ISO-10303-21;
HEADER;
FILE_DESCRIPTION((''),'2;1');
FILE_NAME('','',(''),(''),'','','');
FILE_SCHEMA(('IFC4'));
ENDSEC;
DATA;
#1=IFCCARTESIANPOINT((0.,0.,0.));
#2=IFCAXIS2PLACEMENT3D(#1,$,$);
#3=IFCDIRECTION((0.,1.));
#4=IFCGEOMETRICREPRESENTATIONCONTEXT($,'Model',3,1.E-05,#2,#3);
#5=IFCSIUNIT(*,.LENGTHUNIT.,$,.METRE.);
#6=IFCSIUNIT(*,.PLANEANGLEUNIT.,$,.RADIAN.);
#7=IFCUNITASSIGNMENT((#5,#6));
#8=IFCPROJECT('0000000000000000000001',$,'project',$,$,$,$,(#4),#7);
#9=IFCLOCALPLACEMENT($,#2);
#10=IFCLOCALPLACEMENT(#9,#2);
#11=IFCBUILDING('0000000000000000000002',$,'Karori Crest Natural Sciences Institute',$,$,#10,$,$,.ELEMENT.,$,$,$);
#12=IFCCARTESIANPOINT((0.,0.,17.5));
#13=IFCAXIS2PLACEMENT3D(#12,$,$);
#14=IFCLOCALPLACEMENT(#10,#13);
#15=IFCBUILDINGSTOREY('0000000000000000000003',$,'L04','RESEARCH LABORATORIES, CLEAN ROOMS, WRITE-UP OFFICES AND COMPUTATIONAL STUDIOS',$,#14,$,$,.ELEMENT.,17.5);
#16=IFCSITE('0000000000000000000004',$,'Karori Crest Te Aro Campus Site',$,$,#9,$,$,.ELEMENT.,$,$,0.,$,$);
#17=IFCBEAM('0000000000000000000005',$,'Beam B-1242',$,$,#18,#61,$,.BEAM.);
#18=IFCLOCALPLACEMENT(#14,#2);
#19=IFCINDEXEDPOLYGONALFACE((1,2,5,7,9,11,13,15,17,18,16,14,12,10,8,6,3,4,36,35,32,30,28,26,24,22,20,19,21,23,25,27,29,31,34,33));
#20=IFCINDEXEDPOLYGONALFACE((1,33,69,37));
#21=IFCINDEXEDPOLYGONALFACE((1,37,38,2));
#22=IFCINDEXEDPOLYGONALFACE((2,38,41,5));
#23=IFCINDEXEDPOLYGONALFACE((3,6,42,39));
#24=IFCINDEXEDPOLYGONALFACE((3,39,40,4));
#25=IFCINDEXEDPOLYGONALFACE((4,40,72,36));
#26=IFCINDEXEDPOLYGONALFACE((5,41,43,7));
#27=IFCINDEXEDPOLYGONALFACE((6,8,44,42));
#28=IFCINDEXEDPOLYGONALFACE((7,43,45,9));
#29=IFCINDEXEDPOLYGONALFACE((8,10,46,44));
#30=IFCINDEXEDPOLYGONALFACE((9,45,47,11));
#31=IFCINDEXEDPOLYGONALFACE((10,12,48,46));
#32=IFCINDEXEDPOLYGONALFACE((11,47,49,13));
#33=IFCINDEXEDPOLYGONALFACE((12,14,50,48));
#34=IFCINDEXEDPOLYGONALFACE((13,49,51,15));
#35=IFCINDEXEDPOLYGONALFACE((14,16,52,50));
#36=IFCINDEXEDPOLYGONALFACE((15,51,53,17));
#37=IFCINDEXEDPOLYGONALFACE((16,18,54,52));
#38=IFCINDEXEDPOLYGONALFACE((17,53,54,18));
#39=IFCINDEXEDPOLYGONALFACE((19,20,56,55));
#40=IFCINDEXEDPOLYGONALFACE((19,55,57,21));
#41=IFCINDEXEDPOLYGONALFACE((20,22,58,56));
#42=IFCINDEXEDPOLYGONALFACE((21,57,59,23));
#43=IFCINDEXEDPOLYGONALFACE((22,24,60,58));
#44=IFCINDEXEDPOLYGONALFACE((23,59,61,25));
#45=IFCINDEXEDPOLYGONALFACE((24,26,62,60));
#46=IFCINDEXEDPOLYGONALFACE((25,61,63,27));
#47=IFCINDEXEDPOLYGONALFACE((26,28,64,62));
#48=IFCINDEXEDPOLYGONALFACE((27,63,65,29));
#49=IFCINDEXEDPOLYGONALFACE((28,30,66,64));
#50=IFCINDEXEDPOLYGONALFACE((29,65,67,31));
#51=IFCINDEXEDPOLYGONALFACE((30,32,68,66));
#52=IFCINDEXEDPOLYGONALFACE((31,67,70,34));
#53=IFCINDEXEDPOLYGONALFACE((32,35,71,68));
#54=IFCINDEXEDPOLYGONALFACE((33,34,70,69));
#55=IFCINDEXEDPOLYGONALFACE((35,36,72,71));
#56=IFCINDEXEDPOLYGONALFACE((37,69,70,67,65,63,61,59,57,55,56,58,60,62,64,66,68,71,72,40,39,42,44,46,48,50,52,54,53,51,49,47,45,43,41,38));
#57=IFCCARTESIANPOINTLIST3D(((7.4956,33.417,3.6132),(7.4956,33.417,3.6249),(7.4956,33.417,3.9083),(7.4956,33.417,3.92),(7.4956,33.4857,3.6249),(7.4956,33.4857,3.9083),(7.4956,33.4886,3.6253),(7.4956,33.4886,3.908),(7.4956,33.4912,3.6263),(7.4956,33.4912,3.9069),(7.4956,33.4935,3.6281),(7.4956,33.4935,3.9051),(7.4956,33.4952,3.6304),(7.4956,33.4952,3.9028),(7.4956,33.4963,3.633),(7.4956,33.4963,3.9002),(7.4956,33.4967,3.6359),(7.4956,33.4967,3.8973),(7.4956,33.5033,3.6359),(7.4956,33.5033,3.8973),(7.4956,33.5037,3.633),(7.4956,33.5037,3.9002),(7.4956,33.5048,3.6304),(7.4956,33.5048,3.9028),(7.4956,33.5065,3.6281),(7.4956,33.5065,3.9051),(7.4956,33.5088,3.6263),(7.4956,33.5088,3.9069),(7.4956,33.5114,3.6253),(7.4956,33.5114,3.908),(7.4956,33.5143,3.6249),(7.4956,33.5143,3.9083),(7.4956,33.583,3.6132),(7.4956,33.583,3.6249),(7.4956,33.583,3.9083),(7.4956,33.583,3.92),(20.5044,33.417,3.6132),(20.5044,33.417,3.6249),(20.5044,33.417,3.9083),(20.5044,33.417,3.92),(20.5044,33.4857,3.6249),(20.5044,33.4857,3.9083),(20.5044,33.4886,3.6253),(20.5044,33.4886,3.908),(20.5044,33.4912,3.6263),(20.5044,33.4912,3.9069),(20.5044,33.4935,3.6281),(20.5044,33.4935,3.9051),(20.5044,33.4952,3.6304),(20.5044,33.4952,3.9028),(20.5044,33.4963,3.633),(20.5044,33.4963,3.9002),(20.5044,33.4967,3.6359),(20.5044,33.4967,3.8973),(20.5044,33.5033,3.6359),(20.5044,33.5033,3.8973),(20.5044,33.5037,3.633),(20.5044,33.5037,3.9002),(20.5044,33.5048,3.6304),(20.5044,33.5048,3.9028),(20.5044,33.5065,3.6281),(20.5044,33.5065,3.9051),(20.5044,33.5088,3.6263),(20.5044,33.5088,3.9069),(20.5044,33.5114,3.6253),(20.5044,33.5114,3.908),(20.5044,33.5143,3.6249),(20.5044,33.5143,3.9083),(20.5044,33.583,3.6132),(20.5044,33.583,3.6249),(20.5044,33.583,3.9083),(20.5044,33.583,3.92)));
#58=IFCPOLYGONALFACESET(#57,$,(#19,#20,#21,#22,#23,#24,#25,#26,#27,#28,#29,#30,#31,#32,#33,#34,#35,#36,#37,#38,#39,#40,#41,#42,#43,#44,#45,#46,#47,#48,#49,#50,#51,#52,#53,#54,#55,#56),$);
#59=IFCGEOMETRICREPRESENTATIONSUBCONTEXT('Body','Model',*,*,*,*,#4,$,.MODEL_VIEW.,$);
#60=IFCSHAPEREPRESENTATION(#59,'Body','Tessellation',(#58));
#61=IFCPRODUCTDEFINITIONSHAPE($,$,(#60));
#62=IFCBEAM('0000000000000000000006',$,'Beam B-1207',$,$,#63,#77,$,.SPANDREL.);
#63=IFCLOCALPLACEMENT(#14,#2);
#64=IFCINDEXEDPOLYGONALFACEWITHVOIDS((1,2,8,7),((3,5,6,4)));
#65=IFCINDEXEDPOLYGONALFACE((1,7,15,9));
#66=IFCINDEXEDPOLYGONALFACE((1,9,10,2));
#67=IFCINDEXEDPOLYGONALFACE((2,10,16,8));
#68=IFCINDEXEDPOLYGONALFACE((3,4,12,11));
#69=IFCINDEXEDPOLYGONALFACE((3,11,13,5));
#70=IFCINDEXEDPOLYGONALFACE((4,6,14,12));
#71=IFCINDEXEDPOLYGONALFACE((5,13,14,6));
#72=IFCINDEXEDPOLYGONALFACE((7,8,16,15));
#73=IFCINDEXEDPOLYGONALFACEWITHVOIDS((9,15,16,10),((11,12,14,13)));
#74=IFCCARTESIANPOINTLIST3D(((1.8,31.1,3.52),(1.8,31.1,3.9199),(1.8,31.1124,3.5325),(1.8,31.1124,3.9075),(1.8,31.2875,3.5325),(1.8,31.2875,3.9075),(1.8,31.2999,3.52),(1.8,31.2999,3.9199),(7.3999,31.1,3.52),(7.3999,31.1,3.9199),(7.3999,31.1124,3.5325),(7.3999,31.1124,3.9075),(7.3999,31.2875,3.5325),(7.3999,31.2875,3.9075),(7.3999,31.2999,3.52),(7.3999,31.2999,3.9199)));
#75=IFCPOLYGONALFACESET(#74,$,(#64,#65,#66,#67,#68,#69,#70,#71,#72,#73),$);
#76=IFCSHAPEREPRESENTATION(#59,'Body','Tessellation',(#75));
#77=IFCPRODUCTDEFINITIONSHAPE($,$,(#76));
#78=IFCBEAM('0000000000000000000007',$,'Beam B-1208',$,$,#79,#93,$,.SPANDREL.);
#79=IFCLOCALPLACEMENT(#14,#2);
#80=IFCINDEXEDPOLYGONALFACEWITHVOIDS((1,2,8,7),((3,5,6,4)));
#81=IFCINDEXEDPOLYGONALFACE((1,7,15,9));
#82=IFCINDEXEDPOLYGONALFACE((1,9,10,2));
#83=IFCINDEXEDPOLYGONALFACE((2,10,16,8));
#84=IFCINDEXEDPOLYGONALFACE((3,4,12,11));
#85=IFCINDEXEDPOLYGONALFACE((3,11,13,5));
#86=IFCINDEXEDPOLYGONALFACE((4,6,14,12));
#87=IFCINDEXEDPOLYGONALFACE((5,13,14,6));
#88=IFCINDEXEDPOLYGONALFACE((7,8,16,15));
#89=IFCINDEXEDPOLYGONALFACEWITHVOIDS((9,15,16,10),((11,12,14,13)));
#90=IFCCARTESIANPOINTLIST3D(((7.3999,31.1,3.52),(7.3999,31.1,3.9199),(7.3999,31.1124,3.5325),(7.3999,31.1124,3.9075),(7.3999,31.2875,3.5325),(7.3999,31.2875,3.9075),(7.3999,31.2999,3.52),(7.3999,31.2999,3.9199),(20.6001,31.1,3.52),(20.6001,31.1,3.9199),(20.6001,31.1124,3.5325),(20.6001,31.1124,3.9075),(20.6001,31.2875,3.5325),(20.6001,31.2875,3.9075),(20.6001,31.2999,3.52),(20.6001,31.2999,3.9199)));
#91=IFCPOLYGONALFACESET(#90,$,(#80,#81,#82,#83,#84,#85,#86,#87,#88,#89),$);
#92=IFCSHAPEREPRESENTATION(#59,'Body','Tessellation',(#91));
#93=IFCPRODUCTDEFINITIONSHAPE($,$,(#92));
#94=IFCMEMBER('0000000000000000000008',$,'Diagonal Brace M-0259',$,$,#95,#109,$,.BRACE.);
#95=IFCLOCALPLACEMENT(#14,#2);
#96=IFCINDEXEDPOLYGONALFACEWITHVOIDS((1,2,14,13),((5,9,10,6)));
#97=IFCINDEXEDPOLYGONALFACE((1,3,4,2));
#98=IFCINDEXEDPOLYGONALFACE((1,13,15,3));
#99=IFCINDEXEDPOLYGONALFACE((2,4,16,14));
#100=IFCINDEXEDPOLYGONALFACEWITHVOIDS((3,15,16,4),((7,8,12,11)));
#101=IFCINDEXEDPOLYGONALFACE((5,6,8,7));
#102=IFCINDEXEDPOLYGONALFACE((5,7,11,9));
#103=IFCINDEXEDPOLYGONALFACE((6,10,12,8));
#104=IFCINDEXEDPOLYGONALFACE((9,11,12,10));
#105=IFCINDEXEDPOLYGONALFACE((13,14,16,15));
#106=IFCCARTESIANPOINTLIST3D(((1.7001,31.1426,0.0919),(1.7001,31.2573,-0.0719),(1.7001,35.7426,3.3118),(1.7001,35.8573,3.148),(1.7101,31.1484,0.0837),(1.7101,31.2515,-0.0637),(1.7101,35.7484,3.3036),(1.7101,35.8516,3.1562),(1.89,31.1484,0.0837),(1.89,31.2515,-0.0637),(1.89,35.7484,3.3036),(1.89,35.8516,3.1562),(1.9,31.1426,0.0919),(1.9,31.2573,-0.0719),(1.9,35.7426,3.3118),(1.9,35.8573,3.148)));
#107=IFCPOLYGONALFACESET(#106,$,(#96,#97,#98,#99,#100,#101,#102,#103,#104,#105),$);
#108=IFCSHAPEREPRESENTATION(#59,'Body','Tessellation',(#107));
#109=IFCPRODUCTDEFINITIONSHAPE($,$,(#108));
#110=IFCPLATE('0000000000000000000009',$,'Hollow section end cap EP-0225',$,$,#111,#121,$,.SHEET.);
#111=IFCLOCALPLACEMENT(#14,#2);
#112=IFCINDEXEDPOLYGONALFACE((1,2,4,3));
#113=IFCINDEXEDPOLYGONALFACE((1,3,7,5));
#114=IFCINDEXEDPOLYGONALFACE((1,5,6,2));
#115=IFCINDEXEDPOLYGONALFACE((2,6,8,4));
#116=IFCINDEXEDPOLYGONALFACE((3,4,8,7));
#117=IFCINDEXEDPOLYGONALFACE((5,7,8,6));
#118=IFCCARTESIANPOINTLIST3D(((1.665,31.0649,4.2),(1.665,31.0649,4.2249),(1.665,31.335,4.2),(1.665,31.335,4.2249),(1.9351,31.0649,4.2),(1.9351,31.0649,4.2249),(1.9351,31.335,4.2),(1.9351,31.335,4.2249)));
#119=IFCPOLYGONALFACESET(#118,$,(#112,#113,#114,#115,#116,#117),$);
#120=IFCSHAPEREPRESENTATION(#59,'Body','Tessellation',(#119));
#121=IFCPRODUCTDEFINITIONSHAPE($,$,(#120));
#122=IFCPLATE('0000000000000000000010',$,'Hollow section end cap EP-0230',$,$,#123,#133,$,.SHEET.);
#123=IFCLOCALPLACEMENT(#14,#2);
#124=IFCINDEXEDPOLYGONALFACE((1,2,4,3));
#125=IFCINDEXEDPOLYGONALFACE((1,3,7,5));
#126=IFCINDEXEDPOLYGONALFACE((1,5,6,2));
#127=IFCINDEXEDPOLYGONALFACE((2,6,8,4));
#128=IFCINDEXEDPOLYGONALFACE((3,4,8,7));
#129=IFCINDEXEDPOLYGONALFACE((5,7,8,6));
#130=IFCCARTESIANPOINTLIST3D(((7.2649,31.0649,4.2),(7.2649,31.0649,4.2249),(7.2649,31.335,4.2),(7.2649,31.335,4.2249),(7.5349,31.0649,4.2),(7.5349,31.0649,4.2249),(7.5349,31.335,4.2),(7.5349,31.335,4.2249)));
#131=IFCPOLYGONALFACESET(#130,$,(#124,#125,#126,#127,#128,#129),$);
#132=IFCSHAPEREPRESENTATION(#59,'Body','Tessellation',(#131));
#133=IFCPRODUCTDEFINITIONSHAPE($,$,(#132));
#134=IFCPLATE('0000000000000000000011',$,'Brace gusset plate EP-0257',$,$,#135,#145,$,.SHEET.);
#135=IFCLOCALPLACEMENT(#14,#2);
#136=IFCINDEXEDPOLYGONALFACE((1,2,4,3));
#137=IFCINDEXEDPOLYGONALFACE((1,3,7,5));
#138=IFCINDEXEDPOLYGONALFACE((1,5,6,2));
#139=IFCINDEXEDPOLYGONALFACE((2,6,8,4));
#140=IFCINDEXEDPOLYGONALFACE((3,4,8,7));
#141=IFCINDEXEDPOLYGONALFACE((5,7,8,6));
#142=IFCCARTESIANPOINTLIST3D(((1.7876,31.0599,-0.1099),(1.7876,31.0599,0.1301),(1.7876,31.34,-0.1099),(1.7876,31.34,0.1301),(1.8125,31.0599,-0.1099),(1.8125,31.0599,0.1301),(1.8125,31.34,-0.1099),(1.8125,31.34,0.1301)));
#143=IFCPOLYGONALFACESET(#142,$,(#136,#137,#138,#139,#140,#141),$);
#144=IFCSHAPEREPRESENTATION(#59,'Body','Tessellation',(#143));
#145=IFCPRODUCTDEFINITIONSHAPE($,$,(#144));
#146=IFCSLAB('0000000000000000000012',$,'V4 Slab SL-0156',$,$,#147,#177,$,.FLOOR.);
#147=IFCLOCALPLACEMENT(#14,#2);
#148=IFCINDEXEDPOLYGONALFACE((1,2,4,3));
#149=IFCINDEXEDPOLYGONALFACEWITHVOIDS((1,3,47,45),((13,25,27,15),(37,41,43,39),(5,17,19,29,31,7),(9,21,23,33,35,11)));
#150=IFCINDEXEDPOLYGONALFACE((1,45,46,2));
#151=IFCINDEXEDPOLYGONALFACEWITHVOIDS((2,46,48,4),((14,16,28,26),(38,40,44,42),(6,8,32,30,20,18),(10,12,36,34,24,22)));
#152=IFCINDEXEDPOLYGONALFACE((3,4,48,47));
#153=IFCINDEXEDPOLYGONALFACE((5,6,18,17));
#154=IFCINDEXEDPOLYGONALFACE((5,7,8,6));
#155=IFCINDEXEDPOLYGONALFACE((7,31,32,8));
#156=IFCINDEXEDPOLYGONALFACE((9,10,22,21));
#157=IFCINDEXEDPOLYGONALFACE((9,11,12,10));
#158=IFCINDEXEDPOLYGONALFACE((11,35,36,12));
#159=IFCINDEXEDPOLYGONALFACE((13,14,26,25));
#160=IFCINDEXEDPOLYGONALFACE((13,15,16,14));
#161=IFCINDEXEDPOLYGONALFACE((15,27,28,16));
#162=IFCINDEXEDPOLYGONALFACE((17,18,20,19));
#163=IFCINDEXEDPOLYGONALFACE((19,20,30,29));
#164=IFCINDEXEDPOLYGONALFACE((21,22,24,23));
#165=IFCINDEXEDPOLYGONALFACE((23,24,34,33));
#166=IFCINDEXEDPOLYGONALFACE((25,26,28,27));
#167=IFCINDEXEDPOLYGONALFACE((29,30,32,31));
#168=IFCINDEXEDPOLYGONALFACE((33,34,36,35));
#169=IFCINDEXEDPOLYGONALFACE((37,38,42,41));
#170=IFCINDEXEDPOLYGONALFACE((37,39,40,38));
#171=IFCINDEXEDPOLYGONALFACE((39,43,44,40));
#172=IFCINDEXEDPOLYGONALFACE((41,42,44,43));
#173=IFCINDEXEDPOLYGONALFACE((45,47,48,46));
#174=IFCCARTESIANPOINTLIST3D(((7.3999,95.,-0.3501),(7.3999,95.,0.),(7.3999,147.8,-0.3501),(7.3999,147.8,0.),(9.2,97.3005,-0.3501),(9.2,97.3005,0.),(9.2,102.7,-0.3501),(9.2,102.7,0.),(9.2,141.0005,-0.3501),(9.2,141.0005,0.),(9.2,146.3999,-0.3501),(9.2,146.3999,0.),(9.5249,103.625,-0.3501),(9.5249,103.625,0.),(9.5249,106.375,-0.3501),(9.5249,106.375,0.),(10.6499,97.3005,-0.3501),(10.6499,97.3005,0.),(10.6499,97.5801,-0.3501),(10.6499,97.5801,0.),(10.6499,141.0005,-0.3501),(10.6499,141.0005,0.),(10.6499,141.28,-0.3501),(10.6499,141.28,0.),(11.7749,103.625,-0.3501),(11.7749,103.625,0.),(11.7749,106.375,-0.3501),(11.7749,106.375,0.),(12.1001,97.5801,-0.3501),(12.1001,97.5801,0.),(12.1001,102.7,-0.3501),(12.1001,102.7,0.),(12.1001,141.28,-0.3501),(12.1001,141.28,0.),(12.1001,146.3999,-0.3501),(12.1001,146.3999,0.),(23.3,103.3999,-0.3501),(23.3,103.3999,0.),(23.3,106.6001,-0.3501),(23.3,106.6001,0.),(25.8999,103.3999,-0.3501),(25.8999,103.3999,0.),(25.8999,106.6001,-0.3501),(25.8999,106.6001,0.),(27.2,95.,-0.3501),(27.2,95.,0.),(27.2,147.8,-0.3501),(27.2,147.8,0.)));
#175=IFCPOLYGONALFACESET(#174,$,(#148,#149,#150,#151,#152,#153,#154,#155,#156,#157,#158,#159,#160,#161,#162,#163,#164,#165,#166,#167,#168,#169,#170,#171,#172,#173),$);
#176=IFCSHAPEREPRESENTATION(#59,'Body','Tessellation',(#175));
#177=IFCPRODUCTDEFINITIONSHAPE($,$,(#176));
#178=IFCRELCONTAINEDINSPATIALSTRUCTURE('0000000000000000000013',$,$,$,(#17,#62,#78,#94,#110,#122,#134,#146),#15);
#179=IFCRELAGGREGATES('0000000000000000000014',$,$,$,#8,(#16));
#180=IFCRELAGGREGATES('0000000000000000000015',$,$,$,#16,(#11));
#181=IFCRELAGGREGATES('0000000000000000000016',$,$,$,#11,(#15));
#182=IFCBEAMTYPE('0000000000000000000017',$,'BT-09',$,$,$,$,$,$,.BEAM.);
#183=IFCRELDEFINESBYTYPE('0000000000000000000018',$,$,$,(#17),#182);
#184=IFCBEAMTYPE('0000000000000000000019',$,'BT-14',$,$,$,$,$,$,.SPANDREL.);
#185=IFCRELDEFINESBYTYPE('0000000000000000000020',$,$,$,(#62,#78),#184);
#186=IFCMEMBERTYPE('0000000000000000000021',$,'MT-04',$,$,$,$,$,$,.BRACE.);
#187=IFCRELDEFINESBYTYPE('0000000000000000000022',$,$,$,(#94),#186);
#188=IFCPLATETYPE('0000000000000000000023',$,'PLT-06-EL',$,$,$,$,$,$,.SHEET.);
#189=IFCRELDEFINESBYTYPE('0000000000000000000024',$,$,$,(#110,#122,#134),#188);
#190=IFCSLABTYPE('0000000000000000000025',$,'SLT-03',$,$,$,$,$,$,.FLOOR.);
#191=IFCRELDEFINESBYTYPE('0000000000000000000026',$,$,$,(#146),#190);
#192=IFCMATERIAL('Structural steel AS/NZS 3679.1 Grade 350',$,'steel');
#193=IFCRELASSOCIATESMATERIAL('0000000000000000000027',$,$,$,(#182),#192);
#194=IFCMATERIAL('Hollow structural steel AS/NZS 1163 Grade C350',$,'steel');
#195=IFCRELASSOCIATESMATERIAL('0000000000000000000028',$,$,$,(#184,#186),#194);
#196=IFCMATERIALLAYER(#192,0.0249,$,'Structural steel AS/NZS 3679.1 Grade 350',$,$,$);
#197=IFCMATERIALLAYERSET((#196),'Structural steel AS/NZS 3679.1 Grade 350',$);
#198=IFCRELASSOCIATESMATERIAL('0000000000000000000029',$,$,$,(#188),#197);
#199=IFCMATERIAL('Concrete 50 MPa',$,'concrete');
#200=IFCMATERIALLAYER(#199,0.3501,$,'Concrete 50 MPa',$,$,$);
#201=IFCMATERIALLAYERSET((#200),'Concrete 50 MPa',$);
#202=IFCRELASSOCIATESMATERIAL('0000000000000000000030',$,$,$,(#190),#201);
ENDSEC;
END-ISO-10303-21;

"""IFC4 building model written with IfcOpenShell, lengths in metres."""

from ifc_helpers import new_model, si_unit, direction, frame, origin, origin_2d, place, context, subcontext, project, spatial, polyline, rectangle, hollow_rectangle, i_section, outline, extrude, material, layer, layer_set, material_profile, profile_set, type_object, element, save


model = new_model("IFC4")

# Units and contexts
model_context = context("Model", 3, precision=1e-05, world=origin(), true_north=direction((0.0, 1.0)))
body_context = subcontext(model_context, "Body", "Model", "MODEL_VIEW")
ifc_project = project(units=[si_unit("LENGTHUNIT", "METRE"), si_unit("PLANEANGLEUNIT", "RADIAN")], contexts=[model_context])

# Site, building, storey
site_placement = place(None, origin())
site = spatial("IfcSite", under=ifc_project, at=site_placement, Name="Karori Crest Te Aro Campus Site", CompositionType="ELEMENT", RefElevation=0.0)
building_placement = place(site_placement, origin())
building = spatial("IfcBuilding", under=site, at=building_placement, Name="Karori Crest Natural Sciences Institute", CompositionType="ELEMENT")
storey_placement = place(building_placement, frame((0.0, 0.0, 17.5)))
storey = spatial("IfcBuildingStorey", under=building, at=storey_placement, Name="L04", Description="RESEARCH LABORATORIES, CLEAN ROOMS, WRITE-UP OFFICES AND COMPUTATIONAL STUDIOS", CompositionType="ELEMENT", Elevation=17.5)

# Shared definitions
ifc_material_1 = material(Name="Hollow structural steel AS/NZS 1163 Grade C350", Category="steel")

# Beams
ifc_material_2 = material(Name="Structural steel AS/NZS 3679.1 Grade 350", Category="steel")
ifc_material_profile_1 = material_profile(ifc_material_2, i_section(OverallWidth=0.166, OverallDepth=0.3069, WebThickness=0.0066, FlangeThickness=0.0117, FilletRadius=0.011, at=origin_2d()), Name="310UB46.2")
ifc_profile_set_1 = profile_set([ifc_material_profile_1], Name="Structural steel AS/NZS 3679.1 Grade 350")
beam_type_1 = type_object("IfcBeamType", Name="BT-09", PredefinedType="BEAM", material=ifc_profile_set_1)
beam_1_placement = place(storey_placement, frame((7.4956, 33.5, 3.7666), z_axis=(1.0, 0.0, 0.0), x_axis=(0.0, 1.0, 0.0)))
element("IfcBeam", 1, at=beam_1_placement, inside=storey, type_object=beam_type_1, Name="Beam B-1242", PredefinedType="BEAM", context=body_context, shape_type="SweptSolid", body=[
    extrude(i_section(OverallWidth=0.166, OverallDepth=0.3069, WebThickness=0.0066, FlangeThickness=0.0117, FilletRadius=0.011, at=origin_2d()), origin(), (0.0, 0.0, 1.0), 13.0088),
])
ifc_material_profile_2 = material_profile(ifc_material_1, hollow_rectangle(XDim=0.2, YDim=0.3999, WallThickness=0.0125, at=origin_2d()), Name="RHS400x200x12.5")
ifc_profile_set_2 = profile_set([ifc_material_profile_2], Name="Hollow structural steel AS/NZS 1163 Grade C350")
beam_type_2 = type_object("IfcBeamType", Name="BT-14", PredefinedType="SPANDREL", material=ifc_profile_set_2)
beam_2_placement = place(storey_placement, frame((1.8, 31.2, 3.72), z_axis=(1.0, 0.0, 0.0), x_axis=(0.0, 1.0, 0.0)))
element("IfcBeam", 2, at=beam_2_placement, inside=storey, type_object=beam_type_2, Name="Beam B-1207", PredefinedType="SPANDREL", context=body_context, shape_type="SweptSolid", body=[
    extrude(hollow_rectangle(XDim=0.2, YDim=0.3999, WallThickness=0.0125, at=origin_2d()), origin(), (0.0, 0.0, 1.0), 5.5999),
])
beam_3_placement = place(storey_placement, frame((7.3999, 31.2, 3.72), z_axis=(1.0, 0.0, 0.0), x_axis=(0.0, 1.0, 0.0)))
element("IfcBeam", 3, at=beam_3_placement, inside=storey, type_object=beam_type_2, Name="Beam B-1208", PredefinedType="SPANDREL", context=body_context, shape_type="SweptSolid", body=[
    extrude(hollow_rectangle(XDim=0.2, YDim=0.3999, WallThickness=0.0125, at=origin_2d()), origin(), (0.0, 0.0, 1.0), 13.2002),
])

# Member
ifc_material_profile_3 = material_profile(ifc_material_1, hollow_rectangle(XDim=0.2, YDim=0.2, WallThickness=0.01, at=origin_2d()), Name="SHS200x200x10")
ifc_profile_set_3 = profile_set([ifc_material_profile_3], Name="Hollow structural steel AS/NZS 1163 Grade C350")
member_type = type_object("IfcMemberType", Name="MT-04", PredefinedType="BRACE", material=ifc_profile_set_3)
member_placement = place(storey_placement, frame((1.8, 31.2, 0.01), z_axis=(0.0, 0.81924, 0.573451), x_axis=(-1.0, 0.0, 0.0)))
element("IfcMember", 4, at=member_placement, inside=storey, type_object=member_type, Name="Diagonal Brace M-0259", PredefinedType="BRACE", context=body_context, shape_type="SweptSolid", body=[
    extrude(hollow_rectangle(XDim=0.2, YDim=0.2, WallThickness=0.01, at=origin_2d()), origin(), (0.0, 0.0, 1.0), 5.615),
])

# Plates
ifc_layer_1 = layer(ifc_material_2, 0.0249, Name="Structural steel AS/NZS 3679.1 Grade 350")
ifc_layer_set_1 = layer_set([ifc_layer_1], Name="Structural steel AS/NZS 3679.1 Grade 350")
plate_type = type_object("IfcPlateType", Name="PLT-06-EL", PredefinedType="SHEET", material=ifc_layer_set_1)
for number, where, z_axis, x_axis, name in (
    (5, (1.8, 31.2, 4.2), (0.0, 0.0, 1.0), (1.0, 0.0, 0.0), "Hollow section end cap EP-0225"),
    (6, (7.3999, 31.2, 4.2), (0.0, 0.0, 1.0), (1.0, 0.0, 0.0), "Hollow section end cap EP-0230"),
):
    element("IfcPlate", number, at=place(storey_placement, frame(where, z_axis=z_axis, x_axis=x_axis)), inside=storey, type_object=plate_type, Name=name, PredefinedType="SHEET", context=body_context, shape_type="SweptSolid", body=[
        extrude(rectangle(XDim=0.27, YDim=0.27, at=origin_2d()), origin(), (0.0, 0.0, 1.0), 0.0249),
    ])
plate_placement = place(storey_placement, frame((1.8, 31.2, -0.1099), z_axis=(0.0, 0.0, 1.0), x_axis=(0.0, 1.0, 0.0)))
element("IfcPlate", 7, at=plate_placement, inside=storey, type_object=plate_type, Name="Brace gusset plate EP-0257", PredefinedType="SHEET", context=body_context, shape_type="SweptSolid", body=[
    extrude(rectangle(XDim=0.28, YDim=0.0249, at=origin_2d()), origin(), (0.0, 0.0, 1.0), 0.24),
])

# Slab
ifc_material_3 = material(Name="Concrete 50 MPa", Category="concrete")
ifc_layer_2 = layer(ifc_material_3, 0.3501, Name="Concrete 50 MPa")
ifc_layer_set_2 = layer_set([ifc_layer_2], Name="Concrete 50 MPa")
slab_type_1 = type_object("IfcSlabType", Name="SLT-03", PredefinedType="FLOOR", material=ifc_layer_set_2)
slab_1_placement = place(storey_placement, frame((0.0, 0.0, -0.3501)))
element("IfcSlab", 8, at=slab_1_placement, inside=storey, type_object=slab_type_1, Name="V4 Slab SL-0156", PredefinedType="FLOOR", context=body_context, shape_type="SweptSolid", body=[
    extrude(outline(polyline([(7.3999, 95.0), (27.2, 95.0), (27.2, 147.8), (7.3999, 147.8), (7.3999, 95.0)]), holes=[polyline([(12.1001, 97.5801), (10.6499, 97.5801), (10.6499, 97.3005), (9.2, 97.3005), (9.2, 102.7), (12.1001, 102.7), (12.1001, 97.5801)]), polyline([(12.1001, 141.28), (10.6499, 141.28), (10.6499, 141.0005), (9.2, 141.0005), (9.2, 146.3999), (12.1001, 146.3999), (12.1001, 141.28)]), polyline([(9.5249, 106.375), (11.7749, 106.375), (11.7749, 103.625), (9.5249, 103.625), (9.5249, 106.375)]), polyline([(23.3, 106.6001), (25.8999, 106.6001), (25.8999, 103.3999), (23.3, 103.3999), (23.3, 106.6001)])]), origin(), (0.0, 0.0, 1.0), 0.3501),
])

save(model, "model.ifc")
